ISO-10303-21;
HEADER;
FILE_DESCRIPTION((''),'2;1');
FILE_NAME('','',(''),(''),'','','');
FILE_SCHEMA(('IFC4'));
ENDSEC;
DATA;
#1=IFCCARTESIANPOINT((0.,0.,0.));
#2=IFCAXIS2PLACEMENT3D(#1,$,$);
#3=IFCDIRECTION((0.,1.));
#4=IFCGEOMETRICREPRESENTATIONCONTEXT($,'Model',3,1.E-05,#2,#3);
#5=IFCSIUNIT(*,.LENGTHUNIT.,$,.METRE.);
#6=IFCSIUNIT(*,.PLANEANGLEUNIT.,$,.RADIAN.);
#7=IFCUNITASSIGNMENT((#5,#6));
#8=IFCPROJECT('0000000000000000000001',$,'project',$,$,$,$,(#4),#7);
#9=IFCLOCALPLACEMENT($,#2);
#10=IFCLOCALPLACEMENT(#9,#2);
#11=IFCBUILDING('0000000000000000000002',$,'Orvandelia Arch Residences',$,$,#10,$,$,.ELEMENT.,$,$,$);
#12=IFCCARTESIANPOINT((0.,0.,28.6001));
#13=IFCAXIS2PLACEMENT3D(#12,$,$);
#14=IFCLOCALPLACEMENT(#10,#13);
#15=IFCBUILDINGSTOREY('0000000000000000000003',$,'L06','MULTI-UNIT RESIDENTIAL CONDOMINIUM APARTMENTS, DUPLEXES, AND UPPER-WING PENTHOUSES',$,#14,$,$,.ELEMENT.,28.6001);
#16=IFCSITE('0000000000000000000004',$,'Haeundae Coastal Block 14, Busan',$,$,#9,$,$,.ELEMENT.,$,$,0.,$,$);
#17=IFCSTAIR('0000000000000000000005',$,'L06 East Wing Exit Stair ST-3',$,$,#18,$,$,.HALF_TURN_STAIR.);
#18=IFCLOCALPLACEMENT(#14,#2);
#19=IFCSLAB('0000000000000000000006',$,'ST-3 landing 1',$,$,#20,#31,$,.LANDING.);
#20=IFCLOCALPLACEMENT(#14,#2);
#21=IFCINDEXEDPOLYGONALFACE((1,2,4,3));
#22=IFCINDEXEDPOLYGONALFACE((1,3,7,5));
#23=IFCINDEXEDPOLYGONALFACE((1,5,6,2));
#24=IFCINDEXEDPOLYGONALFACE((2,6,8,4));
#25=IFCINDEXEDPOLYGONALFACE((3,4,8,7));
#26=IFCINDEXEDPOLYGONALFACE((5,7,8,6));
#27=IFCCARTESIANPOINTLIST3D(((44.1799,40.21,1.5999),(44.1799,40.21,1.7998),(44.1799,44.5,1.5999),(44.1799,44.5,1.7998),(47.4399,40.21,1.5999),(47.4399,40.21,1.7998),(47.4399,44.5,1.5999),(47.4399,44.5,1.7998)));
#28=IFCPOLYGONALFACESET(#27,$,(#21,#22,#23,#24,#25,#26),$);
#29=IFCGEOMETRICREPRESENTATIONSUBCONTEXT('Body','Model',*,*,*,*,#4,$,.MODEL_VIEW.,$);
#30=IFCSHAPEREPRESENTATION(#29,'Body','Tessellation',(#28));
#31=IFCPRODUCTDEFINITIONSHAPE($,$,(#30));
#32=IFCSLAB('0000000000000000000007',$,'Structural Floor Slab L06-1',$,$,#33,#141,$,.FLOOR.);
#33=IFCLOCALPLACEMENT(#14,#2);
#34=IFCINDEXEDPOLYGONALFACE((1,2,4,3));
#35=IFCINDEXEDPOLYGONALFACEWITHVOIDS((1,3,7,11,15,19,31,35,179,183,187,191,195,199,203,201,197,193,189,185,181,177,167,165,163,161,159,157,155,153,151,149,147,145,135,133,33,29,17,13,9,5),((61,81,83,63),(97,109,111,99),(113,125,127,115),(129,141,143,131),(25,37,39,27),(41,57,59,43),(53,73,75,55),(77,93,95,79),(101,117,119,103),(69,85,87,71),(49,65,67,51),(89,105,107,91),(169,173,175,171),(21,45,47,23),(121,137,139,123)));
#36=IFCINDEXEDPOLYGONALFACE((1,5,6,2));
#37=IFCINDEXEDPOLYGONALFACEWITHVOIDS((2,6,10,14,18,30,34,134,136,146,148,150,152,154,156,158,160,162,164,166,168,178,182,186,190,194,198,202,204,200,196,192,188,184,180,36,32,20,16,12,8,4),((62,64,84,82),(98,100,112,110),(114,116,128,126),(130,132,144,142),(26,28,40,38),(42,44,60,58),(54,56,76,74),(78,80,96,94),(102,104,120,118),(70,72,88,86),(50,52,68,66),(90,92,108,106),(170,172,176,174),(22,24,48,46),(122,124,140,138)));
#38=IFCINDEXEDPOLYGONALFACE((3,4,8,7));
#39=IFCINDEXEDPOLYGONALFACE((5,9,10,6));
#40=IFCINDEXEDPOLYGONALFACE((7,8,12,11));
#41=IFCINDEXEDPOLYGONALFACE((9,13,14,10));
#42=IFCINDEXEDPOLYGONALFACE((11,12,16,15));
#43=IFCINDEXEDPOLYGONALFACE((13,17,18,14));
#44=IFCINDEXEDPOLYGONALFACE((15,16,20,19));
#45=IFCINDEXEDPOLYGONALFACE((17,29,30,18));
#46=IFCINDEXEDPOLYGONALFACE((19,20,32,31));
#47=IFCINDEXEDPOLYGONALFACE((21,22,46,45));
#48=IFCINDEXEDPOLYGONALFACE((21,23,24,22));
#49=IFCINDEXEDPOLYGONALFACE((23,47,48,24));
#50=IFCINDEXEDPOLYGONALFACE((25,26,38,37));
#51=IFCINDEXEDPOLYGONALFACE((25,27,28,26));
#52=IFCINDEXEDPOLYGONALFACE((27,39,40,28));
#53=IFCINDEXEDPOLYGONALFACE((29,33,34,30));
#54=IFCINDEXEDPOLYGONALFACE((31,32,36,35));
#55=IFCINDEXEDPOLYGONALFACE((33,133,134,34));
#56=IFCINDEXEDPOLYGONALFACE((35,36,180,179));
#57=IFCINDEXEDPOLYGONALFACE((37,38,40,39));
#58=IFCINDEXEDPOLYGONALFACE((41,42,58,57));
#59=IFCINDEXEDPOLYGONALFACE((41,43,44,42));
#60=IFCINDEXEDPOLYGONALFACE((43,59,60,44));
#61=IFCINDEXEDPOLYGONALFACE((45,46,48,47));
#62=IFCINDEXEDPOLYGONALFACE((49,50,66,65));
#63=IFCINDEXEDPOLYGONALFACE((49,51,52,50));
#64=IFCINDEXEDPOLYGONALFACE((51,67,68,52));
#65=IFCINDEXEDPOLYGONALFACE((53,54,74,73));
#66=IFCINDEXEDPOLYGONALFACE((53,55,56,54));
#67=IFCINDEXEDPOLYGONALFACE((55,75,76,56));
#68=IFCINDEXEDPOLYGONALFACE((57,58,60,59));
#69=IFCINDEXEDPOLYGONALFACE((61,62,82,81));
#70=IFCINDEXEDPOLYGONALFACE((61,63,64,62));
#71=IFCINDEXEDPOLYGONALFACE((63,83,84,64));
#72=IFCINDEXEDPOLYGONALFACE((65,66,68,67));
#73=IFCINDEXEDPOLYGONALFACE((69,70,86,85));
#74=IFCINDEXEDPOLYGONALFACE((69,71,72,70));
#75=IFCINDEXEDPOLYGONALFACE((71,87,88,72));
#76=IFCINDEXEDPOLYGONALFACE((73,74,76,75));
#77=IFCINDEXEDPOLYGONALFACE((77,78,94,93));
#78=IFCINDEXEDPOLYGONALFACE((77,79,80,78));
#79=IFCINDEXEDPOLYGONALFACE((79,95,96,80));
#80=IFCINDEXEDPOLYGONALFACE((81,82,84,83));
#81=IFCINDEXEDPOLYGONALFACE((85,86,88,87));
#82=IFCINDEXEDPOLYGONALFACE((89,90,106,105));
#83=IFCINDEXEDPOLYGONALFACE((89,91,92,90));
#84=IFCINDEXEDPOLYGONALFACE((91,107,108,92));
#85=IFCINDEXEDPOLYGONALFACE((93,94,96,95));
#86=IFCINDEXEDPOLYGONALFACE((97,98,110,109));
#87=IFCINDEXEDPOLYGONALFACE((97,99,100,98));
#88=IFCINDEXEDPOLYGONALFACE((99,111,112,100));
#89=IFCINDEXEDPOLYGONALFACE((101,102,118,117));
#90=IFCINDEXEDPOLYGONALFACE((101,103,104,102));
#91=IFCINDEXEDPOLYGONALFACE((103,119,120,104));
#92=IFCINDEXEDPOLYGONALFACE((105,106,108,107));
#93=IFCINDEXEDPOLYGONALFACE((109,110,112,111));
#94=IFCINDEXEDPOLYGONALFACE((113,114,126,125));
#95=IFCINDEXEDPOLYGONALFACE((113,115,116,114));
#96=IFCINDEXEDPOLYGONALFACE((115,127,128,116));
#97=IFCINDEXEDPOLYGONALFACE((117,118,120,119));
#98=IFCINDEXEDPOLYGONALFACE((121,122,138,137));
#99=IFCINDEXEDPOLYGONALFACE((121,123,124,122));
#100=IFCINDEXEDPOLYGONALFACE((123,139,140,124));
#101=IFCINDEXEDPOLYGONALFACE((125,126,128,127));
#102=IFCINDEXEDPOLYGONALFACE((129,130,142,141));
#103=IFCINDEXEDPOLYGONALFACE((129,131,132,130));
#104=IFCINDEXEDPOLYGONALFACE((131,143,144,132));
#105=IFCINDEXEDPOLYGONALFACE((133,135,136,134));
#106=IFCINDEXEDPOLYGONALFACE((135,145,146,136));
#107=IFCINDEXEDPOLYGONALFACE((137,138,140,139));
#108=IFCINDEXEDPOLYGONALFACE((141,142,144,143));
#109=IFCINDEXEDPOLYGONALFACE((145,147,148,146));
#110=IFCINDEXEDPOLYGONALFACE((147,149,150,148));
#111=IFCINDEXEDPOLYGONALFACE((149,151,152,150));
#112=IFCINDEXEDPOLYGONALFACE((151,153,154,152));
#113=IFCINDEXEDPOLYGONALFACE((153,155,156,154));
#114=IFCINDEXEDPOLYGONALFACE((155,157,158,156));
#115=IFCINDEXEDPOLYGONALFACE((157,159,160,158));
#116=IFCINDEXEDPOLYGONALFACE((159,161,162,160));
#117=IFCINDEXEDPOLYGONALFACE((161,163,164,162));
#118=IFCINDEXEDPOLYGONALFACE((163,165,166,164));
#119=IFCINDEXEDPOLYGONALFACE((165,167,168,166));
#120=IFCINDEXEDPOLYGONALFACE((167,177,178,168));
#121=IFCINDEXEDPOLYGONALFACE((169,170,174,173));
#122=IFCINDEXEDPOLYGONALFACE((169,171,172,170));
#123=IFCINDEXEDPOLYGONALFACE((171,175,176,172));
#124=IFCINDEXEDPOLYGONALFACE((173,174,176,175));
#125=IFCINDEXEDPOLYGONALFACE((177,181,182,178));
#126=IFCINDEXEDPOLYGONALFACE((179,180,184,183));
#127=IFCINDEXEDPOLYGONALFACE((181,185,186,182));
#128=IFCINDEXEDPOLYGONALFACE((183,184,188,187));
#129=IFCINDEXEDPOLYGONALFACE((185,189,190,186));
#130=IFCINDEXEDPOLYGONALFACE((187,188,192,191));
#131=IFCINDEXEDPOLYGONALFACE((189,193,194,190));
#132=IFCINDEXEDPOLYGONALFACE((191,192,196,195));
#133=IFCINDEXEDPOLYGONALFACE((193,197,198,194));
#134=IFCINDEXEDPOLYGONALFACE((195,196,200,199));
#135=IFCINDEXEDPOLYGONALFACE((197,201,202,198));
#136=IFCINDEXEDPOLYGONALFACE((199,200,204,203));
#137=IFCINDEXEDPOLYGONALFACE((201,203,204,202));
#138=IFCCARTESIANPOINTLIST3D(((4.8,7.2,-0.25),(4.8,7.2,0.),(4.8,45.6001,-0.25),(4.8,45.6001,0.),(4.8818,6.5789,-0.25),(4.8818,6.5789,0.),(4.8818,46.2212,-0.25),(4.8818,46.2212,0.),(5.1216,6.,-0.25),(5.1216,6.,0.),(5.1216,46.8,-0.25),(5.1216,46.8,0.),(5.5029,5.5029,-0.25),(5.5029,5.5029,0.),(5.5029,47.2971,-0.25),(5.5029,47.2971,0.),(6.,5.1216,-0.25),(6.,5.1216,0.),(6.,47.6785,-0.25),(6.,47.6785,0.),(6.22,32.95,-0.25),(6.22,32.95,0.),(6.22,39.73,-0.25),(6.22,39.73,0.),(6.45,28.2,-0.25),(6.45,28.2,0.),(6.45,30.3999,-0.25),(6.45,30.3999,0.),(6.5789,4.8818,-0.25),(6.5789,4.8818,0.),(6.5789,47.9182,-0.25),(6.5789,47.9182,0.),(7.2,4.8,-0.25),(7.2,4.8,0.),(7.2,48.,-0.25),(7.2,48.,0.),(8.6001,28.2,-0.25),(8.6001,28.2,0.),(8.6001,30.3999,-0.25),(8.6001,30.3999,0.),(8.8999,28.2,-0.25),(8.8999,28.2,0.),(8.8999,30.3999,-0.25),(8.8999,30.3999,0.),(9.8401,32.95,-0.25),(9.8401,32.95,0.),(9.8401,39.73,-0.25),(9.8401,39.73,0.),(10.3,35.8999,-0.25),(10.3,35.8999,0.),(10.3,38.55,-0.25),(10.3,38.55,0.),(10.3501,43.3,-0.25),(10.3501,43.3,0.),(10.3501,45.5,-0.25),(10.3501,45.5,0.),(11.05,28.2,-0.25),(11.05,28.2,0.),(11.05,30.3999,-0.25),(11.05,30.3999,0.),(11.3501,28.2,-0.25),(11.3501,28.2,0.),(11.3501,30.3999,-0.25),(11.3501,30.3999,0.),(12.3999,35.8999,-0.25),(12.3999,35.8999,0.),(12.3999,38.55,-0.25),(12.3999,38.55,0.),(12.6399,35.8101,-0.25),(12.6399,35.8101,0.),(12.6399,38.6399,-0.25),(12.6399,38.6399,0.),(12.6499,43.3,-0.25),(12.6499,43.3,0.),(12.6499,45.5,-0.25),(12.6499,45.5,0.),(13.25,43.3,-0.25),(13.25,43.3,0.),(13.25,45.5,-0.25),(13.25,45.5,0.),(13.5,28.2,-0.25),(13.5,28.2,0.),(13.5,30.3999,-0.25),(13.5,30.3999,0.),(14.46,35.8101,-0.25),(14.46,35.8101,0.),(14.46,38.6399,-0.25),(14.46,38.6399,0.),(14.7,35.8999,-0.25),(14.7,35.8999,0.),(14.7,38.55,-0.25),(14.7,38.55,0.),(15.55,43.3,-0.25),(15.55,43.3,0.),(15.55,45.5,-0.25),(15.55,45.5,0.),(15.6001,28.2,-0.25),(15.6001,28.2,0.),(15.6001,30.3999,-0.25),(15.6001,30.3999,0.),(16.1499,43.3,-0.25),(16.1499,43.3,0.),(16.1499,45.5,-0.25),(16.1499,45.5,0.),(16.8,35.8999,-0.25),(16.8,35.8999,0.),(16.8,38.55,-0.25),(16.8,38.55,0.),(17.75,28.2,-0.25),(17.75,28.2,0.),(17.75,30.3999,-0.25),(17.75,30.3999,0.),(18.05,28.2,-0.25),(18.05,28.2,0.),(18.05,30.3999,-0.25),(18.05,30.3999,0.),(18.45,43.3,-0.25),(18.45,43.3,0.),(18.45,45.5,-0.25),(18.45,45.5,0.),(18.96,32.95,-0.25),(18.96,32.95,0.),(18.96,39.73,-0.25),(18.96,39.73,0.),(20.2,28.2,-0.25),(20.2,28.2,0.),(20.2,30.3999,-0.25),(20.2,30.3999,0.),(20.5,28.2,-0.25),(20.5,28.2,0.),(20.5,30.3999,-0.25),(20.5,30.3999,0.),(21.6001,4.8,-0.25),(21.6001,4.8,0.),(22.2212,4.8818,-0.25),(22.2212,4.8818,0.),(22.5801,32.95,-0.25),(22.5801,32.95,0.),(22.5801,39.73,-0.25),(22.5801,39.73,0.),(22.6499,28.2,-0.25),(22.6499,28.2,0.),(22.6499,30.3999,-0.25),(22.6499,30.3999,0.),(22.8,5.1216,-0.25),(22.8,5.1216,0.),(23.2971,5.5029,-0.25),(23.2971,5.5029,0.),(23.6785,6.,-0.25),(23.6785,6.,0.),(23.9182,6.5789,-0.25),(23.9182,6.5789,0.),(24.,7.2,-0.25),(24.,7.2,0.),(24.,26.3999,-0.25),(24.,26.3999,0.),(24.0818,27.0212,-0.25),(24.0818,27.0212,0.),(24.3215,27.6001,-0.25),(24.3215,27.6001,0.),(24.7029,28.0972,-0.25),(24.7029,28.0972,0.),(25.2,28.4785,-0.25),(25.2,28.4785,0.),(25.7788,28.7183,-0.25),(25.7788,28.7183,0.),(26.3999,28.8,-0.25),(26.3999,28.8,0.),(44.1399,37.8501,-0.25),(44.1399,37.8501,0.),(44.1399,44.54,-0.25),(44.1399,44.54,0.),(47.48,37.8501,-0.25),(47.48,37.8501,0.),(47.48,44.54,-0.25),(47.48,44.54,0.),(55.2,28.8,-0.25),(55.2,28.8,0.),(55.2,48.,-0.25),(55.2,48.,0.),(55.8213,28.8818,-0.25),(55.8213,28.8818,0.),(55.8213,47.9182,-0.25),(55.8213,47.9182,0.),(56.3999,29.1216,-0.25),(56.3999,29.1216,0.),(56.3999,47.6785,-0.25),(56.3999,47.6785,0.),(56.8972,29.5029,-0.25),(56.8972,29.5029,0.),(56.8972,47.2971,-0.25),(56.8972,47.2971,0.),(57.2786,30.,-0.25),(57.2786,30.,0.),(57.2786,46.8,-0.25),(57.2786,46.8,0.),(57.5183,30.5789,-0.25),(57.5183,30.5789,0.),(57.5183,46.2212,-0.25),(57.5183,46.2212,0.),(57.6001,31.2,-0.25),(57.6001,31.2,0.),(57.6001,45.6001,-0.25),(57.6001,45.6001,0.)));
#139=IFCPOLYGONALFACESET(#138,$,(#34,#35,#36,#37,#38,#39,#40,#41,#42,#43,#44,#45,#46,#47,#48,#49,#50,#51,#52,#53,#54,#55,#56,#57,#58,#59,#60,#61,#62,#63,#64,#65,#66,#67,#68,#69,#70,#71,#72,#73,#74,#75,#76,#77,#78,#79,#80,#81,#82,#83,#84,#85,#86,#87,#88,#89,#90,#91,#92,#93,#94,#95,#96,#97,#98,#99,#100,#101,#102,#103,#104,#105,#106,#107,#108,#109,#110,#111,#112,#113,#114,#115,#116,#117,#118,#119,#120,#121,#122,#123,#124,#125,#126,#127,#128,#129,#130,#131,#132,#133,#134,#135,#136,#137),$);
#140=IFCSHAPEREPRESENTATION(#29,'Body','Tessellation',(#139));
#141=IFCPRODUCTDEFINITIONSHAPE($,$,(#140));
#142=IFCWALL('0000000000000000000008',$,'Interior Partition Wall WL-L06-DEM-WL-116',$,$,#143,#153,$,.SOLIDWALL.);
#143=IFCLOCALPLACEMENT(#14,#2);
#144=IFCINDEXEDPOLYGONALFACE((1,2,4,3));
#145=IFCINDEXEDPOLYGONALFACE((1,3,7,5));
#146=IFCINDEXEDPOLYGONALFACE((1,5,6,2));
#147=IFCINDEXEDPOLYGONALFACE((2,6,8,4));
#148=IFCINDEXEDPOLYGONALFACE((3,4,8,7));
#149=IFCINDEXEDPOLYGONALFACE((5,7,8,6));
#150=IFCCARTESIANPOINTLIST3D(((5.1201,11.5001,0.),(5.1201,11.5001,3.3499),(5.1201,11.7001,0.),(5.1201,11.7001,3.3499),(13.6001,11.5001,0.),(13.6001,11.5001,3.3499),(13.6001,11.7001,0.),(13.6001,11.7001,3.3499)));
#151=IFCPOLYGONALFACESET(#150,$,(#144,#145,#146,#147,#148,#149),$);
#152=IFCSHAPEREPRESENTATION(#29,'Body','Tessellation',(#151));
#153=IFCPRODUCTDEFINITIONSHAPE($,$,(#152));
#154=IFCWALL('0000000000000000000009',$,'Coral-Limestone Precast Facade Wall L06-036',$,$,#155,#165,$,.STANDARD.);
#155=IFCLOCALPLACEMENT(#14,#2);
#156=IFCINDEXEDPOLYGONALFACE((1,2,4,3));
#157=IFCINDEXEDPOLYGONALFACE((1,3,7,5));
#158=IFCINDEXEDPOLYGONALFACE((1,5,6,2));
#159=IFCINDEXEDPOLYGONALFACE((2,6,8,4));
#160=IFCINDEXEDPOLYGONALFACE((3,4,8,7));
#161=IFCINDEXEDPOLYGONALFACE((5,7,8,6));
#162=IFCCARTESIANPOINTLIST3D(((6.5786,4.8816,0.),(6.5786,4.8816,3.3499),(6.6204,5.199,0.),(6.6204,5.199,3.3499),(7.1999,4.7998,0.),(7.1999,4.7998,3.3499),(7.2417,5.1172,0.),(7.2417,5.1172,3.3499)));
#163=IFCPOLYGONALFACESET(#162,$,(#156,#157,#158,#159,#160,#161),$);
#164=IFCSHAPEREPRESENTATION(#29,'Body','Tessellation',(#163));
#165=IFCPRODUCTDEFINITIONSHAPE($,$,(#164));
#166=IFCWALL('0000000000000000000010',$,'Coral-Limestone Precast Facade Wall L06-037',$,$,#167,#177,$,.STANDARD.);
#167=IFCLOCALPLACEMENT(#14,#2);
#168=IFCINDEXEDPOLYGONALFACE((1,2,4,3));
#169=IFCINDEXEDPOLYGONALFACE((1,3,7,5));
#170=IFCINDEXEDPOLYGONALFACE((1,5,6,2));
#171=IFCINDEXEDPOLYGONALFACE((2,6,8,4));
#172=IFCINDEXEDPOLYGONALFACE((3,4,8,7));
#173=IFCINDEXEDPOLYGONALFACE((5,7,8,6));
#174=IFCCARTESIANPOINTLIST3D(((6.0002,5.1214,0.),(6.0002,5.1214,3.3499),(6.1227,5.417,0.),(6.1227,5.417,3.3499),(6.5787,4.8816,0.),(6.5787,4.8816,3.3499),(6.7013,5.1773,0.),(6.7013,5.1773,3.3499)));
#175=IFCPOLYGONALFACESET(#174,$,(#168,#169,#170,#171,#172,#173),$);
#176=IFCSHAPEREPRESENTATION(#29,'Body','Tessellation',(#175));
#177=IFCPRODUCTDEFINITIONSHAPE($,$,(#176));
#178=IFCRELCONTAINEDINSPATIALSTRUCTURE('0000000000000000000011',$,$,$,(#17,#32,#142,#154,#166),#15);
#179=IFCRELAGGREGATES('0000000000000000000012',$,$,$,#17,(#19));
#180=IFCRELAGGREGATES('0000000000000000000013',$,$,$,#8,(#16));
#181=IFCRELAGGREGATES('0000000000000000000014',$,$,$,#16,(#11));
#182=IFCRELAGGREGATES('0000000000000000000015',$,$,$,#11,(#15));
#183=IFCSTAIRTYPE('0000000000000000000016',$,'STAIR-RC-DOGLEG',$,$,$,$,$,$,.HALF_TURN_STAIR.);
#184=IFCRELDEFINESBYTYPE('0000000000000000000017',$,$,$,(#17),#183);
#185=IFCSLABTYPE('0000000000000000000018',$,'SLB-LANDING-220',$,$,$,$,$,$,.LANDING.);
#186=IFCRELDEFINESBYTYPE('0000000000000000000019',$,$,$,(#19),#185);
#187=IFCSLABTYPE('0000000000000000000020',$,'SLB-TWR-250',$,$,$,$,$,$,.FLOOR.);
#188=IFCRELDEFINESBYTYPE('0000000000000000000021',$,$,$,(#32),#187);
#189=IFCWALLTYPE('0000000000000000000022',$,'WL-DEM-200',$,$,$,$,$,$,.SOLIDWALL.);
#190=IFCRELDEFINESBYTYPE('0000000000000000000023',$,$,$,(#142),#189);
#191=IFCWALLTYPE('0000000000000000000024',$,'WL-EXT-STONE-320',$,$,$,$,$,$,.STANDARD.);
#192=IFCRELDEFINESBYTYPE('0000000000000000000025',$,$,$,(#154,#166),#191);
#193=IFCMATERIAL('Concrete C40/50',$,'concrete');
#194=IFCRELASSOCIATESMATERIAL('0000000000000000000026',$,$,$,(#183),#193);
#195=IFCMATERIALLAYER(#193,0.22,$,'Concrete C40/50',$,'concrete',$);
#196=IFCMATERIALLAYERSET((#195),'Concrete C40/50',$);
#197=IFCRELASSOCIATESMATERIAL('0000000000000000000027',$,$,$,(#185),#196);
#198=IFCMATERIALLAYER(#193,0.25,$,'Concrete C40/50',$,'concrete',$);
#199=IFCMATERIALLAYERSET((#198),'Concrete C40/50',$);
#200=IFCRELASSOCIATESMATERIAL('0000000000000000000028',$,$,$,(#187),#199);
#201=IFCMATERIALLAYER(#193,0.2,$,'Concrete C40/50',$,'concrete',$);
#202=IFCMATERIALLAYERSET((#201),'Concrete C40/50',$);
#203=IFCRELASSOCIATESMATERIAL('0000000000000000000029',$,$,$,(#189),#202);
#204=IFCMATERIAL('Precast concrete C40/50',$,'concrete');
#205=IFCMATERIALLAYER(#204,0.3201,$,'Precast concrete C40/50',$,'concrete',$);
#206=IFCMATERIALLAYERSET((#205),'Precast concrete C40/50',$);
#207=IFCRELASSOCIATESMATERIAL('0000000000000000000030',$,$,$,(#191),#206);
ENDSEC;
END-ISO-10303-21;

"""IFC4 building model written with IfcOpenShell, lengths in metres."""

from ifc_helpers import new_model, si_unit, direction, frame, frame_2d, origin, place, context, subcontext, project, spatial, polyline, rectangle, outline, extrude, material, layer, layer_set, type_object, element, aggregate, save


model = new_model("IFC4")

# Units and contexts
model_context = context("Model", 3, precision=1e-05, world=origin(), true_north=direction((0.0, 1.0)))
body_context = subcontext(model_context, "Body", "Model", "MODEL_VIEW")
ifc_project = project(units=[si_unit("LENGTHUNIT", "METRE"), si_unit("PLANEANGLEUNIT", "RADIAN")], contexts=[model_context])

# Site, building, storey
site_placement = place(None, origin())
site = spatial("IfcSite", under=ifc_project, at=site_placement, Name="Haeundae Coastal Block 14, Busan", CompositionType="ELEMENT", RefElevation=0.0)
building_placement = place(site_placement, origin())
building = spatial("IfcBuilding", under=site, at=building_placement, Name="Orvandelia Arch Residences", CompositionType="ELEMENT")
storey_placement = place(building_placement, frame((0.0, 0.0, 28.6001)))
storey = spatial("IfcBuildingStorey", under=building, at=storey_placement, Name="L06", Description="MULTI-UNIT RESIDENTIAL CONDOMINIUM APARTMENTS, DUPLEXES, AND UPPER-WING PENTHOUSES", CompositionType="ELEMENT", Elevation=28.6001)

# Shared definitions
ifc_material_1 = material(Name="Precast concrete C40/50", Category="concrete")

# Stair, slab
ifc_material_2 = material(Name="Concrete C40/50", Category="concrete")
stair_type = type_object("IfcStairType", Name="STAIR-RC-DOGLEG", PredefinedType="HALF_TURN_STAIR", material=ifc_material_2)
ifc_layer_1 = layer(ifc_material_2, 0.22, Name="Concrete C40/50", Category="concrete")
ifc_layer_set_1 = layer_set([ifc_layer_1], Name="Concrete C40/50")
slab_type_1 = type_object("IfcSlabType", Name="SLB-LANDING-220", PredefinedType="LANDING", material=ifc_layer_set_1)
stair_1_placement = place(storey_placement, origin())
stair_1 = element("IfcStair", 1, at=stair_1_placement, inside=storey, type_object=stair_type, Name="L06 East Wing Exit Stair ST-3", PredefinedType="HALF_TURN_STAIR")
slab_1_placement = place(storey_placement, frame((0.0, 0.0, 1.5999)))
slab_1 = element("IfcSlab", 2, at=slab_1_placement, type_object=slab_type_1, Name="ST-3 landing 1", PredefinedType="LANDING", context=body_context, shape_type="SweptSolid", body=[
    extrude(outline(polyline([(47.4399, 40.21), (47.4399, 44.5), (44.1799, 44.5), (44.1799, 40.21), (47.4399, 40.21)])), origin(), (0.0, 0.0, 1.0), 0.2),
])
aggregate(stair_1, [slab_1])

# Slab
ifc_layer_2 = layer(ifc_material_2, 0.25, Name="Concrete C40/50", Category="concrete")
ifc_layer_set_2 = layer_set([ifc_layer_2], Name="Concrete C40/50")
slab_type_2 = type_object("IfcSlabType", Name="SLB-TWR-250", PredefinedType="FLOOR", material=ifc_layer_set_2)
slab_2_placement = place(storey_placement, frame((0.0, 0.0, -0.25)))
element("IfcSlab", 3, at=slab_2_placement, inside=storey, type_object=slab_type_2, Name="Structural Floor Slab L06-1", PredefinedType="FLOOR", context=body_context, shape_type="SweptSolid", body=[
    extrude(outline(polyline([(4.8, 7.2), (4.8818, 6.5789), (5.1216, 6.0), (5.5029, 5.5029), (6.0, 5.1216), (6.5789, 4.8818), (7.2, 4.8), (21.6001, 4.8), (22.2212, 4.8818), (22.8, 5.1216), (23.2971, 5.5029), (23.6785, 6.0), (23.9182, 6.5789), (24.0, 7.2), (24.0, 26.3999), (24.0818, 27.0212), (24.3215, 27.6001), (24.7029, 28.0972), (25.2, 28.4785), (25.7788, 28.7183), (26.3999, 28.8), (55.2, 28.8), (55.8213, 28.8818), (56.3999, 29.1216), (56.8972, 29.5029), (57.2786, 30.0), (57.5183, 30.5789), (57.6001, 31.2), (57.6001, 45.6001), (57.5183, 46.2212), (57.2786, 46.8), (56.8972, 47.2971), (56.3999, 47.6785), (55.8213, 47.9182), (55.2, 48.0), (7.2, 48.0), (6.5789, 47.9182), (6.0, 47.6785), (5.5029, 47.2971), (5.1216, 46.8), (4.8818, 46.2212), (4.8, 45.6001), (4.8, 7.2)]), holes=[polyline([(6.22, 32.95), (9.8401, 32.95), (9.8401, 39.73), (6.22, 39.73), (6.22, 32.95)]), polyline([(18.96, 32.95), (22.5801, 32.95), (22.5801, 39.73), (18.96, 39.73), (18.96, 32.95)]), polyline([(44.1399, 37.8501), (47.48, 37.8501), (47.48, 44.54), (44.1399, 44.54), (44.1399, 37.8501)]), polyline([(12.6399, 35.8101), (14.46, 35.8101), (14.46, 38.6399), (12.6399, 38.6399), (12.6399, 35.8101)]), polyline([(10.3, 35.8999), (12.3999, 35.8999), (12.3999, 38.55), (10.3, 38.55), (10.3, 35.8999)]), polyline([(14.7, 35.8999), (16.8, 35.8999), (16.8, 38.55), (14.7, 38.55), (14.7, 35.8999)]), polyline([(10.3501, 43.3), (12.6499, 43.3), (12.6499, 45.5), (10.3501, 45.5), (10.3501, 43.3)]), polyline([(13.25, 43.3), (15.55, 43.3), (15.55, 45.5), (13.25, 45.5), (13.25, 43.3)]), polyline([(16.1499, 43.3), (18.45, 43.3), (18.45, 45.5), (16.1499, 45.5), (16.1499, 43.3)]), polyline([(6.45, 28.2), (8.6001, 28.2), (8.6001, 30.3999), (6.45, 30.3999), (6.45, 28.2)]), polyline([(8.8999, 28.2), (11.05, 28.2), (11.05, 30.3999), (8.8999, 30.3999), (8.8999, 28.2)]), polyline([(11.3501, 28.2), (13.5, 28.2), (13.5, 30.3999), (11.3501, 30.3999), (11.3501, 28.2)]), polyline([(15.6001, 28.2), (17.75, 28.2), (17.75, 30.3999), (15.6001, 30.3999), (15.6001, 28.2)]), polyline([(18.05, 28.2), (20.2, 28.2), (20.2, 30.3999), (18.05, 30.3999), (18.05, 28.2)]), polyline([(20.5, 28.2), (22.6499, 28.2), (22.6499, 30.3999), (20.5, 30.3999), (20.5, 28.2)])]), origin(), (0.0, 0.0, 1.0), 0.25),
])

# Walls
ifc_layer_3 = layer(ifc_material_2, 0.2, Name="Concrete C40/50", Category="concrete")
ifc_layer_set_3 = layer_set([ifc_layer_3], Name="Concrete C40/50")
wall_type_1 = type_object("IfcWallType", Name="WL-DEM-200", PredefinedType="SOLIDWALL", material=ifc_layer_set_3)
wall_1_placement = place(storey_placement, frame((5.1201, 11.6001, 0.0), z_axis=(0.0, 0.0, 1.0), x_axis=(1.0, 0.0, 0.0)))
element("IfcWall", 4, at=wall_1_placement, inside=storey, type_object=wall_type_1, Name="Interior Partition Wall WL-L06-DEM-WL-116", PredefinedType="SOLIDWALL", context=body_context, shape_type="SweptSolid", body=[
    extrude(rectangle(XDim=8.48, YDim=0.2, at=frame_2d((4.24, 0.0))), origin(), (0.0, 0.0, 1.0), 3.3499),
])
ifc_layer_4 = layer(ifc_material_1, 0.3201, Name="Precast concrete C40/50", Category="concrete")
ifc_layer_set_4 = layer_set([ifc_layer_4], Name="Precast concrete C40/50")
wall_type_2 = type_object("IfcWallType", Name="WL-EXT-STONE-320", PredefinedType="STANDARD", material=ifc_layer_set_4)
wall_2_placement = place(storey_placement, frame((7.2209, 4.9585, 0.0), z_axis=(0.0, 0.0, 1.0), x_axis=(-0.991448, 0.130505, 0.0)))
element("IfcWall", 5, at=wall_2_placement, inside=storey, type_object=wall_type_2, Name="Coral-Limestone Precast Facade Wall L06-036", PredefinedType="STANDARD", context=body_context, shape_type="SweptSolid", body=[
    extrude(rectangle(XDim=0.6267, YDim=0.3201, at=frame_2d((0.3135, 0.0))), origin(), (0.0, 0.0, 1.0), 3.3499),
])
wall_3_placement = place(storey_placement, frame((6.6399, 5.0295, 0.0), z_axis=(0.0, 0.0, 1.0), x_axis=(-0.923836, 0.382788, 0.0)))
element("IfcWall", 6, at=wall_3_placement, inside=storey, type_object=wall_type_2, Name="Coral-Limestone Precast Facade Wall L06-037", PredefinedType="STANDARD", context=body_context, shape_type="SweptSolid", body=[
    extrude(rectangle(XDim=0.6262, YDim=0.3201, at=frame_2d((0.313, 0.0))), origin(), (0.0, 0.0, 1.0), 3.3499),
])

save(model, "model.ifc")
